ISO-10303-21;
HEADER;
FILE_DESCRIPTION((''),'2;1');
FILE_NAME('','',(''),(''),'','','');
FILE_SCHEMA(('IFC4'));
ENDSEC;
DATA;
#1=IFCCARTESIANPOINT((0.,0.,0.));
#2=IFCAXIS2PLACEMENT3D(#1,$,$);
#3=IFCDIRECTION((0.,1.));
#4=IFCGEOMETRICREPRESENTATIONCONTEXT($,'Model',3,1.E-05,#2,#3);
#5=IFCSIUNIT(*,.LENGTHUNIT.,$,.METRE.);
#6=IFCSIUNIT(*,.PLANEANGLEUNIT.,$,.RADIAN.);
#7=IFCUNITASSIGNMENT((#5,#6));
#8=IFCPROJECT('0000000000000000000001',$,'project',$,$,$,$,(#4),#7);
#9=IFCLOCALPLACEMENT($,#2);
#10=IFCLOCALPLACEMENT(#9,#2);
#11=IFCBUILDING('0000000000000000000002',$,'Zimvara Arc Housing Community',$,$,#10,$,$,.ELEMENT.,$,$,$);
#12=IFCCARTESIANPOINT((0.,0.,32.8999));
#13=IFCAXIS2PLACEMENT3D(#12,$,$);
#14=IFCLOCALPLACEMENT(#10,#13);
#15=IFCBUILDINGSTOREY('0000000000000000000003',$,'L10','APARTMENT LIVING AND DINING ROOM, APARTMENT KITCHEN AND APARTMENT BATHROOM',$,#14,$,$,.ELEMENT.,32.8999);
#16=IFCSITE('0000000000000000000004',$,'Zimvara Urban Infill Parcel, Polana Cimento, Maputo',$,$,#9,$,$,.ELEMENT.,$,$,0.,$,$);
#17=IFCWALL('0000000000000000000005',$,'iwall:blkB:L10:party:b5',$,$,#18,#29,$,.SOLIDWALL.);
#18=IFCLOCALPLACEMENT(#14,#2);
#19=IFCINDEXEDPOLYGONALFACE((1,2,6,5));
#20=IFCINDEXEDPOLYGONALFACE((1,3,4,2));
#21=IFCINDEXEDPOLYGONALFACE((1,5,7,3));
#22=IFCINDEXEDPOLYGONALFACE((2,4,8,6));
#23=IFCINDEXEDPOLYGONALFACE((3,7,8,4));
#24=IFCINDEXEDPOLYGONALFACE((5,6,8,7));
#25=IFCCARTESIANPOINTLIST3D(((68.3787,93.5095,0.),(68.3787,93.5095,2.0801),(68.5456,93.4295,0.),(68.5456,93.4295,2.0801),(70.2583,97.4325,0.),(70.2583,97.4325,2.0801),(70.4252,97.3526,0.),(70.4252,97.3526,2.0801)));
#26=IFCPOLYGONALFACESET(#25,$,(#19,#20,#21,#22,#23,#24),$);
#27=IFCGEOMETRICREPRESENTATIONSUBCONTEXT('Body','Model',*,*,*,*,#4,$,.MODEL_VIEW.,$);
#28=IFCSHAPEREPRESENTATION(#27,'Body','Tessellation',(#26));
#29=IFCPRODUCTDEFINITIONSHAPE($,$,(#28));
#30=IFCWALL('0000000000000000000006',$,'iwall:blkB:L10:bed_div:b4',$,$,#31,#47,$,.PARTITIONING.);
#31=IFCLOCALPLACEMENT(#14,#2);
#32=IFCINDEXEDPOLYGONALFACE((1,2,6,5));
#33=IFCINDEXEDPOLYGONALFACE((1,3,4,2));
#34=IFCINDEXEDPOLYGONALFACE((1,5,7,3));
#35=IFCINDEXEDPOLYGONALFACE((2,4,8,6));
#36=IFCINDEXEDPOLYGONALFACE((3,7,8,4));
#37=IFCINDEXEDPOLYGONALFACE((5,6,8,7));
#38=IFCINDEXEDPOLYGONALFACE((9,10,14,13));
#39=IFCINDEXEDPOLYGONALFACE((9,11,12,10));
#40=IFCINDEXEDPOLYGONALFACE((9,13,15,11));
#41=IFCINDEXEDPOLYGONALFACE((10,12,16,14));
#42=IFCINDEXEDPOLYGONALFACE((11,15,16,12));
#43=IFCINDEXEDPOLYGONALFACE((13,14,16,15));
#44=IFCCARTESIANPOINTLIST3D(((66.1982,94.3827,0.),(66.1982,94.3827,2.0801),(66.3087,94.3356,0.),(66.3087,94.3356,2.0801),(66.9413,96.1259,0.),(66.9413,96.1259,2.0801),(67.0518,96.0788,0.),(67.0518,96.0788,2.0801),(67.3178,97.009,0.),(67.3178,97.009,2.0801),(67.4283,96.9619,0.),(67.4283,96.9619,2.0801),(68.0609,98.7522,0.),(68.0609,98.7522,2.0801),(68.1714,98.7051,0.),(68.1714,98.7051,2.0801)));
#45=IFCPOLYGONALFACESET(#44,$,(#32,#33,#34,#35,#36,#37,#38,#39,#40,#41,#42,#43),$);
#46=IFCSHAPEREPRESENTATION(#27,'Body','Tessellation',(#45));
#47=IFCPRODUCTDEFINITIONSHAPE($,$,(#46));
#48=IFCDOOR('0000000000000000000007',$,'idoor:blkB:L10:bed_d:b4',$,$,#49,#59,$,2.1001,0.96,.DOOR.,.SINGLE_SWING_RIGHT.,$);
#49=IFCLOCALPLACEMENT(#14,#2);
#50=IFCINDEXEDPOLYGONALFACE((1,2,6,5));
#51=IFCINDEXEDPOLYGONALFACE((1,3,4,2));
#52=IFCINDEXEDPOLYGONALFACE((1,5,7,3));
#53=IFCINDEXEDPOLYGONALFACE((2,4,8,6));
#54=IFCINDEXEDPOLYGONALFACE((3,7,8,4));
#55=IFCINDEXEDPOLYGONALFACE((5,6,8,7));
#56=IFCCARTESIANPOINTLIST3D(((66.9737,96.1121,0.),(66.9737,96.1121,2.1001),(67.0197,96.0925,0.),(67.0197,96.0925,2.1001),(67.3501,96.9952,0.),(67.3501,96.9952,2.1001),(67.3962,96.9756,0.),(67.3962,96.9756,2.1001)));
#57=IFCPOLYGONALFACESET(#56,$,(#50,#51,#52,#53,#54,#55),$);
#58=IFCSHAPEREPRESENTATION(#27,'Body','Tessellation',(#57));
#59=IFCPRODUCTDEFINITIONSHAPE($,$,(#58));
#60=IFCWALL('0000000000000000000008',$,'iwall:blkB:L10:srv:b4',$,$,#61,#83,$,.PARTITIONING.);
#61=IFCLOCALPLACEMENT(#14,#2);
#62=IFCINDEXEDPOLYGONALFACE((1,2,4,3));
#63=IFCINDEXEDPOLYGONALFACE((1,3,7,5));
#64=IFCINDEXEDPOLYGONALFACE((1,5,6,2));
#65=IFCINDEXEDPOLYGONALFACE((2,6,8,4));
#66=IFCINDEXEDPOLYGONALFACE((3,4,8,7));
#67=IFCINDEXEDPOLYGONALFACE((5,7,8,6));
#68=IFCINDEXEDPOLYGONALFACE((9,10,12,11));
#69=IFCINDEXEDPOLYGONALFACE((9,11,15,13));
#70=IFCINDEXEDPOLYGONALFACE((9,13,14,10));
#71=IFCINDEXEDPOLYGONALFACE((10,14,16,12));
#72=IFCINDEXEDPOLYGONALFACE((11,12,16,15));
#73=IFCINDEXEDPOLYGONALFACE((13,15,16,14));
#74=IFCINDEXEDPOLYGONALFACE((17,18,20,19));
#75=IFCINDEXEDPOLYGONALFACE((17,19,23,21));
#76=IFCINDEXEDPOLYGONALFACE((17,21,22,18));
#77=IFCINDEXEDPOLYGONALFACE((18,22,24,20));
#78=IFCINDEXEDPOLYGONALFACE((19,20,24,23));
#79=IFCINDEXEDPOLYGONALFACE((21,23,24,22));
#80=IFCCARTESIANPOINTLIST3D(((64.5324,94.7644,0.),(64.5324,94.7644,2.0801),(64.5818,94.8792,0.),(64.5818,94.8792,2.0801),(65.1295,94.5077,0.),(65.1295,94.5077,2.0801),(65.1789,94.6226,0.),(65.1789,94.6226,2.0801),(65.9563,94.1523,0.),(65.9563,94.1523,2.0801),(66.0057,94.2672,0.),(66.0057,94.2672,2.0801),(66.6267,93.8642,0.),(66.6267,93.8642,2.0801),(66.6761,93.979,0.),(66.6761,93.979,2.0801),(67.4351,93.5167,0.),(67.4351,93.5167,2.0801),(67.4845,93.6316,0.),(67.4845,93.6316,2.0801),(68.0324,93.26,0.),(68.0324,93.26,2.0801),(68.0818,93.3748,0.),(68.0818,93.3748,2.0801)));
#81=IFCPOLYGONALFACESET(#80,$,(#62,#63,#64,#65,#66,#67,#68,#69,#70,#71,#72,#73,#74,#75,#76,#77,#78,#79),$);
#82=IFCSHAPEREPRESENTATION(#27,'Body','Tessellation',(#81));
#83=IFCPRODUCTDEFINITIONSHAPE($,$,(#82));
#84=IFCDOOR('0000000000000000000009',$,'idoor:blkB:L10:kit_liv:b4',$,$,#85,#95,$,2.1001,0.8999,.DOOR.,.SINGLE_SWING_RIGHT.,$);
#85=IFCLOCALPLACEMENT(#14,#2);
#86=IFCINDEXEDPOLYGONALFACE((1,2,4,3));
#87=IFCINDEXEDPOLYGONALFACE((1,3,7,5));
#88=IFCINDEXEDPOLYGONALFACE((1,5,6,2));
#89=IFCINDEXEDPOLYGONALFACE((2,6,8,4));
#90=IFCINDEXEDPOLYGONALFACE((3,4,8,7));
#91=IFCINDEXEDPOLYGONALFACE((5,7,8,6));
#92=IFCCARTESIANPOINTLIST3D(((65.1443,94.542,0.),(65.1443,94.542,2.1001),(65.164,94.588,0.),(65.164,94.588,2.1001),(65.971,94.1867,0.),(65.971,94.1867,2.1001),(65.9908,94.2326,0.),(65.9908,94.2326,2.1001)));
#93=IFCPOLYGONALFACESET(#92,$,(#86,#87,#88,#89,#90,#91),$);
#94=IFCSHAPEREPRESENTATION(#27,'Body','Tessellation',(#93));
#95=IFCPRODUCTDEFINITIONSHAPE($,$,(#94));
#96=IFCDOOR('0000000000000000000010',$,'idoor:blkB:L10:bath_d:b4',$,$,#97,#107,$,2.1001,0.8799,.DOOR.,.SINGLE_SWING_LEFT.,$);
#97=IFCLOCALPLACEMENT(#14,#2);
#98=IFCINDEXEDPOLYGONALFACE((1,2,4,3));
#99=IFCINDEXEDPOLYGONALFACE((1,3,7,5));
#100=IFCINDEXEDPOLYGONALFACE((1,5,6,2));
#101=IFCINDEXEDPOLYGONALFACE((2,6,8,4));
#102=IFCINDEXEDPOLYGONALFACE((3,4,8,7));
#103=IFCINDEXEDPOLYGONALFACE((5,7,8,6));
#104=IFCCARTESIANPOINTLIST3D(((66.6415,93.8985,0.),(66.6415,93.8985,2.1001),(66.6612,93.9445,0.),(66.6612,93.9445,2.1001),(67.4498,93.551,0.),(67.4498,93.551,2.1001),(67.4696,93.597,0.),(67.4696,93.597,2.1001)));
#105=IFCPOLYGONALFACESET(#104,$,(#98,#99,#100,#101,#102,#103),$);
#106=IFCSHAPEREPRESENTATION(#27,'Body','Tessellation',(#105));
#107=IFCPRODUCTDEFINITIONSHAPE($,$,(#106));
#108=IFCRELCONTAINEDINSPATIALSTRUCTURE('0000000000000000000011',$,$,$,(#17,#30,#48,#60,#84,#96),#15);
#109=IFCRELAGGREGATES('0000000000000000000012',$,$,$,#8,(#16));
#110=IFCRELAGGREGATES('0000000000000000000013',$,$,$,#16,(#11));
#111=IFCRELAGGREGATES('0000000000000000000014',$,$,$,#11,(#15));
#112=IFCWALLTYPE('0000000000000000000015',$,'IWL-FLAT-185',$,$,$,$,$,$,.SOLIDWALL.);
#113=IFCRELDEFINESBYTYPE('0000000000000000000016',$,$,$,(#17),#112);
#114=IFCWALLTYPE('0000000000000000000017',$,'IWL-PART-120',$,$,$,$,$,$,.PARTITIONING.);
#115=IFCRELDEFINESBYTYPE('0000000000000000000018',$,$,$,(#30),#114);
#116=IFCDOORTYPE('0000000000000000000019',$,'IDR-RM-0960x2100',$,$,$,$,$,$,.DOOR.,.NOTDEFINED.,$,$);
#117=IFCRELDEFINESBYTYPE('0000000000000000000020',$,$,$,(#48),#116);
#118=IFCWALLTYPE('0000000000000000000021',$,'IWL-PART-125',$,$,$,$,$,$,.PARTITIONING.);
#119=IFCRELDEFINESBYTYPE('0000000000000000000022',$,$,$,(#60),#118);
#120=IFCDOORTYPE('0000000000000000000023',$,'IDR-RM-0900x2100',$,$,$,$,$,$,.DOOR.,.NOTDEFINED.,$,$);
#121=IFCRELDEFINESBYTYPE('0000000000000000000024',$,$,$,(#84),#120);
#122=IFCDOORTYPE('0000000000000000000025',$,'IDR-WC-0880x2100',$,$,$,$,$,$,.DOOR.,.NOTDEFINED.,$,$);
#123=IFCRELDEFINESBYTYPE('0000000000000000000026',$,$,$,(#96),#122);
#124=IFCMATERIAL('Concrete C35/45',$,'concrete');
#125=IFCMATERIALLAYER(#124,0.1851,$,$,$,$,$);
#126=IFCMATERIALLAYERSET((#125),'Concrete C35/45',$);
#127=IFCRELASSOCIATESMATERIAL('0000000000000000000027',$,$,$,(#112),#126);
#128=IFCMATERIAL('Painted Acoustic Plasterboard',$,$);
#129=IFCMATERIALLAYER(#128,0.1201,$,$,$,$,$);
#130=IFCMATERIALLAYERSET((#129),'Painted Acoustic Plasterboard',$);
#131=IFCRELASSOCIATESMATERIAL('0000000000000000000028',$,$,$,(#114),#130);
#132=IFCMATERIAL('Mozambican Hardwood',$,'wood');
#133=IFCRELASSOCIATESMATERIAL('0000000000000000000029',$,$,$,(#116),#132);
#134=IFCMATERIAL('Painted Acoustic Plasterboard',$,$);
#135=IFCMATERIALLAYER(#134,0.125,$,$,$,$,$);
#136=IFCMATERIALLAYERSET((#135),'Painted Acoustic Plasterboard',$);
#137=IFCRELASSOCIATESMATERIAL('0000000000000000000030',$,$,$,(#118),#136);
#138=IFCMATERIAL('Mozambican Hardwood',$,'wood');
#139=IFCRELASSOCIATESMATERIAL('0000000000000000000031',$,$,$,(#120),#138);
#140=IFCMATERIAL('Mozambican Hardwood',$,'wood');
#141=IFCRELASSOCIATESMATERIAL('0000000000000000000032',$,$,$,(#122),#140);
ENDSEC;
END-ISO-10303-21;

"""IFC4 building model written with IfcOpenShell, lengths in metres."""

from ifc_helpers import new_model, si_unit, direction, frame, frame_2d, origin, place, context, subcontext, project, spatial, rectangle, extrude, material, layer, layer_set, type_object, element, fill, save


model = new_model("IFC4")

# Units and contexts
model_context = context("Model", 3, precision=1e-05, world=origin(), true_north=direction((0.0, 1.0)))
body_context = subcontext(model_context, "Body", "Model", "MODEL_VIEW")
ifc_project = project(units=[si_unit("LENGTHUNIT", "METRE"), si_unit("PLANEANGLEUNIT", "RADIAN")], contexts=[model_context])

# Site, building, storey
site_placement = place(None, origin())
site = spatial("IfcSite", under=ifc_project, at=site_placement, Name="Zimvara Urban Infill Parcel, Polana Cimento, Maputo", CompositionType="ELEMENT", RefElevation=0.0)
building_placement = place(site_placement, origin())
building = spatial("IfcBuilding", under=site, at=building_placement, Name="Zimvara Arc Housing Community", CompositionType="ELEMENT")
storey_placement = place(building_placement, frame((0.0, 0.0, 32.8999)))
storey = spatial("IfcBuildingStorey", under=building, at=storey_placement, Name="L10", Description="APARTMENT LIVING AND DINING ROOM, APARTMENT KITCHEN AND APARTMENT BATHROOM", CompositionType="ELEMENT", Elevation=32.8999)

# Wall
ifc_material_1 = material(Name="Concrete C35/45", Category="concrete")
ifc_layer_1 = layer(ifc_material_1, 0.1851)
ifc_layer_set_1 = layer_set([ifc_layer_1], Name="Concrete C35/45")
wall_type_1 = type_object("IfcWallType", Name="IWL-FLAT-185", PredefinedType="SOLIDWALL", material=ifc_layer_set_1)
for number, where, z_axis, x_axis, name in (
    (1, (68.4622, 93.4695, 0.0), (0.0, 0.0, 1.0), (0.432087, 0.901832, 0.0), "iwall:blkB:L10:party:b5"),
):
    element("IfcWall", number, at=place(storey_placement, frame(where, z_axis=z_axis, x_axis=x_axis)), inside=storey, type_object=wall_type_1, Name=name, PredefinedType="SOLIDWALL", context=body_context, shape_type="SweptSolid", body=[
        extrude(rectangle(XDim=4.3501, YDim=0.1851, at=frame_2d((2.175, 0.0))), origin(), (0.0, 0.0, 1.0), 2.0801),
    ])

# Wall, opening, door
ifc_material_2 = material(Name="Painted Acoustic Plasterboard")
ifc_layer_2 = layer(ifc_material_2, 0.1201)
ifc_layer_set_2 = layer_set([ifc_layer_2], Name="Painted Acoustic Plasterboard")
wall_type_2 = type_object("IfcWallType", Name="IWL-PART-120", PredefinedType="PARTITIONING", material=ifc_layer_set_2)
wall_1_placement = place(storey_placement, frame((66.2534, 94.3591, 0.0), z_axis=(0.0, 0.0, 1.0), x_axis=(0.392157, 0.919898, 0.0)))
wall_1 = element("IfcWall", 2, at=wall_1_placement, inside=storey, type_object=wall_type_2, Name="iwall:blkB:L10:bed_div:b4", PredefinedType="PARTITIONING", context=body_context, shape_type="SweptSolid", body=[
    extrude(rectangle(XDim=4.75, YDim=0.1201, at=frame_2d((2.375, 0.0))), origin(), (0.0, 0.0, 1.0), 2.0801),
])
opening_1_placement = place(wall_1_placement, frame((1.895, 0.0, 0.0)))
opening_1 = element("IfcOpeningElement", 3, at=opening_1_placement, cuts=wall_1, PredefinedType="OPENING", context=body_context, shape_type="SweptSolid", body=[
    extrude(rectangle(XDim=0.96, YDim=2.1001, at=frame_2d((0.48, 1.05))), frame((0.0, 0.0701, 0.0), z_axis=(0.0, -1.0, 0.0), x_axis=(1.0, 0.0, 0.0)), (0.0, 0.0, 1.0), 0.1401),
])
ifc_material_3 = material(Name="Mozambican Hardwood", Category="wood")
door_type_1 = type_object("IfcDoorType", Name="IDR-RM-0960x2100", OperationType="NOTDEFINED", PredefinedType="DOOR", material=ifc_material_3)
door_1_placement = place(opening_1_placement, origin())
door_1 = element("IfcDoor", 4, at=door_1_placement, inside=storey, type_object=door_type_1, Name="idoor:blkB:L10:bed_d:b4", OperationType="SINGLE_SWING_RIGHT", OverallHeight=2.1001, OverallWidth=0.96, PredefinedType="DOOR", context=body_context, shape_type="SweptSolid", body=[
    extrude(rectangle(XDim=0.96, YDim=2.1001, at=frame_2d((0.48, 1.05))), frame((0.0, 0.0249, 0.0), z_axis=(0.0, -1.0, 0.0), x_axis=(1.0, 0.0, 0.0)), (0.0, 0.0, 1.0), 0.05),
])
fill(opening_1, door_1)

# Wall, openings, doors
ifc_material_4 = material(Name="Painted Acoustic Plasterboard")
ifc_layer_3 = layer(ifc_material_4, 0.125)
ifc_layer_set_3 = layer_set([ifc_layer_3], Name="Painted Acoustic Plasterboard")
wall_type_3 = type_object("IfcWallType", Name="IWL-PART-125", PredefinedType="PARTITIONING", material=ifc_layer_set_3)
wall_2_placement = place(storey_placement, frame((64.5571, 94.8218, 0.0), z_axis=(0.0, 0.0, 1.0), x_axis=(0.918727, -0.394894, 0.0)))
wall_2 = element("IfcWall", 5, at=wall_2_placement, inside=storey, type_object=wall_type_3, Name="iwall:blkB:L10:srv:b4", PredefinedType="PARTITIONING", context=body_context, shape_type="SweptSolid", body=[
    extrude(rectangle(XDim=3.8096, YDim=0.125, at=frame_2d((1.9048, 0.0))), origin(), (0.0, 0.0, 1.0), 2.0801),
])
opening_2_placement = place(wall_2_placement, frame((0.6499, 0.0, 0.0)))
opening_2 = element("IfcOpeningElement", 6, at=opening_2_placement, cuts=wall_2, PredefinedType="OPENING", context=body_context, shape_type="SweptSolid", body=[
    extrude(rectangle(XDim=0.8999, YDim=2.1001, at=frame_2d((0.45, 1.05))), frame((0.0, 0.0725, 0.0), z_axis=(0.0, -1.0, 0.0), x_axis=(1.0, 0.0, 0.0)), (0.0, 0.0, 1.0), 0.145),
])
opening_3_placement = place(wall_2_placement, frame((2.2795, 0.0, 0.0)))
opening_3 = element("IfcOpeningElement", 7, at=opening_3_placement, cuts=wall_2, PredefinedType="OPENING", context=body_context, shape_type="SweptSolid", body=[
    extrude(rectangle(XDim=0.8799, YDim=2.1001, at=frame_2d((0.4399, 1.05))), frame((0.0, 0.0725, 0.0), z_axis=(0.0, -1.0, 0.0), x_axis=(1.0, 0.0, 0.0)), (0.0, 0.0, 1.0), 0.145),
])
ifc_material_5 = material(Name="Mozambican Hardwood", Category="wood")
door_type_2 = type_object("IfcDoorType", Name="IDR-RM-0900x2100", OperationType="NOTDEFINED", PredefinedType="DOOR", material=ifc_material_5)
door_2_placement = place(opening_2_placement, origin())
door_2 = element("IfcDoor", 8, at=door_2_placement, inside=storey, type_object=door_type_2, Name="idoor:blkB:L10:kit_liv:b4", OperationType="SINGLE_SWING_RIGHT", OverallHeight=2.1001, OverallWidth=0.8999, PredefinedType="DOOR", context=body_context, shape_type="SweptSolid", body=[
    extrude(rectangle(XDim=0.8999, YDim=2.1001, at=frame_2d((0.45, 1.05))), frame((0.0, 0.0249, 0.0), z_axis=(0.0, -1.0, 0.0), x_axis=(1.0, 0.0, 0.0)), (0.0, 0.0, 1.0), 0.05),
])
fill(opening_2, door_2)
ifc_material_6 = material(Name="Mozambican Hardwood", Category="wood")
door_type_3 = type_object("IfcDoorType", Name="IDR-WC-0880x2100", OperationType="NOTDEFINED", PredefinedType="DOOR", material=ifc_material_6)
door_3_placement = place(opening_3_placement, origin())
door_3 = element("IfcDoor", 9, at=door_3_placement, inside=storey, type_object=door_type_3, Name="idoor:blkB:L10:bath_d:b4", OperationType="SINGLE_SWING_LEFT", OverallHeight=2.1001, OverallWidth=0.8799, PredefinedType="DOOR", context=body_context, shape_type="SweptSolid", body=[
    extrude(rectangle(XDim=0.8799, YDim=2.1001, at=frame_2d((0.4399, 1.05))), frame((0.0, 0.0249, 0.0), z_axis=(0.0, -1.0, 0.0), x_axis=(1.0, 0.0, 0.0)), (0.0, 0.0, 1.0), 0.05),
])
fill(opening_3, door_3)

save(model, "model.ifc")
